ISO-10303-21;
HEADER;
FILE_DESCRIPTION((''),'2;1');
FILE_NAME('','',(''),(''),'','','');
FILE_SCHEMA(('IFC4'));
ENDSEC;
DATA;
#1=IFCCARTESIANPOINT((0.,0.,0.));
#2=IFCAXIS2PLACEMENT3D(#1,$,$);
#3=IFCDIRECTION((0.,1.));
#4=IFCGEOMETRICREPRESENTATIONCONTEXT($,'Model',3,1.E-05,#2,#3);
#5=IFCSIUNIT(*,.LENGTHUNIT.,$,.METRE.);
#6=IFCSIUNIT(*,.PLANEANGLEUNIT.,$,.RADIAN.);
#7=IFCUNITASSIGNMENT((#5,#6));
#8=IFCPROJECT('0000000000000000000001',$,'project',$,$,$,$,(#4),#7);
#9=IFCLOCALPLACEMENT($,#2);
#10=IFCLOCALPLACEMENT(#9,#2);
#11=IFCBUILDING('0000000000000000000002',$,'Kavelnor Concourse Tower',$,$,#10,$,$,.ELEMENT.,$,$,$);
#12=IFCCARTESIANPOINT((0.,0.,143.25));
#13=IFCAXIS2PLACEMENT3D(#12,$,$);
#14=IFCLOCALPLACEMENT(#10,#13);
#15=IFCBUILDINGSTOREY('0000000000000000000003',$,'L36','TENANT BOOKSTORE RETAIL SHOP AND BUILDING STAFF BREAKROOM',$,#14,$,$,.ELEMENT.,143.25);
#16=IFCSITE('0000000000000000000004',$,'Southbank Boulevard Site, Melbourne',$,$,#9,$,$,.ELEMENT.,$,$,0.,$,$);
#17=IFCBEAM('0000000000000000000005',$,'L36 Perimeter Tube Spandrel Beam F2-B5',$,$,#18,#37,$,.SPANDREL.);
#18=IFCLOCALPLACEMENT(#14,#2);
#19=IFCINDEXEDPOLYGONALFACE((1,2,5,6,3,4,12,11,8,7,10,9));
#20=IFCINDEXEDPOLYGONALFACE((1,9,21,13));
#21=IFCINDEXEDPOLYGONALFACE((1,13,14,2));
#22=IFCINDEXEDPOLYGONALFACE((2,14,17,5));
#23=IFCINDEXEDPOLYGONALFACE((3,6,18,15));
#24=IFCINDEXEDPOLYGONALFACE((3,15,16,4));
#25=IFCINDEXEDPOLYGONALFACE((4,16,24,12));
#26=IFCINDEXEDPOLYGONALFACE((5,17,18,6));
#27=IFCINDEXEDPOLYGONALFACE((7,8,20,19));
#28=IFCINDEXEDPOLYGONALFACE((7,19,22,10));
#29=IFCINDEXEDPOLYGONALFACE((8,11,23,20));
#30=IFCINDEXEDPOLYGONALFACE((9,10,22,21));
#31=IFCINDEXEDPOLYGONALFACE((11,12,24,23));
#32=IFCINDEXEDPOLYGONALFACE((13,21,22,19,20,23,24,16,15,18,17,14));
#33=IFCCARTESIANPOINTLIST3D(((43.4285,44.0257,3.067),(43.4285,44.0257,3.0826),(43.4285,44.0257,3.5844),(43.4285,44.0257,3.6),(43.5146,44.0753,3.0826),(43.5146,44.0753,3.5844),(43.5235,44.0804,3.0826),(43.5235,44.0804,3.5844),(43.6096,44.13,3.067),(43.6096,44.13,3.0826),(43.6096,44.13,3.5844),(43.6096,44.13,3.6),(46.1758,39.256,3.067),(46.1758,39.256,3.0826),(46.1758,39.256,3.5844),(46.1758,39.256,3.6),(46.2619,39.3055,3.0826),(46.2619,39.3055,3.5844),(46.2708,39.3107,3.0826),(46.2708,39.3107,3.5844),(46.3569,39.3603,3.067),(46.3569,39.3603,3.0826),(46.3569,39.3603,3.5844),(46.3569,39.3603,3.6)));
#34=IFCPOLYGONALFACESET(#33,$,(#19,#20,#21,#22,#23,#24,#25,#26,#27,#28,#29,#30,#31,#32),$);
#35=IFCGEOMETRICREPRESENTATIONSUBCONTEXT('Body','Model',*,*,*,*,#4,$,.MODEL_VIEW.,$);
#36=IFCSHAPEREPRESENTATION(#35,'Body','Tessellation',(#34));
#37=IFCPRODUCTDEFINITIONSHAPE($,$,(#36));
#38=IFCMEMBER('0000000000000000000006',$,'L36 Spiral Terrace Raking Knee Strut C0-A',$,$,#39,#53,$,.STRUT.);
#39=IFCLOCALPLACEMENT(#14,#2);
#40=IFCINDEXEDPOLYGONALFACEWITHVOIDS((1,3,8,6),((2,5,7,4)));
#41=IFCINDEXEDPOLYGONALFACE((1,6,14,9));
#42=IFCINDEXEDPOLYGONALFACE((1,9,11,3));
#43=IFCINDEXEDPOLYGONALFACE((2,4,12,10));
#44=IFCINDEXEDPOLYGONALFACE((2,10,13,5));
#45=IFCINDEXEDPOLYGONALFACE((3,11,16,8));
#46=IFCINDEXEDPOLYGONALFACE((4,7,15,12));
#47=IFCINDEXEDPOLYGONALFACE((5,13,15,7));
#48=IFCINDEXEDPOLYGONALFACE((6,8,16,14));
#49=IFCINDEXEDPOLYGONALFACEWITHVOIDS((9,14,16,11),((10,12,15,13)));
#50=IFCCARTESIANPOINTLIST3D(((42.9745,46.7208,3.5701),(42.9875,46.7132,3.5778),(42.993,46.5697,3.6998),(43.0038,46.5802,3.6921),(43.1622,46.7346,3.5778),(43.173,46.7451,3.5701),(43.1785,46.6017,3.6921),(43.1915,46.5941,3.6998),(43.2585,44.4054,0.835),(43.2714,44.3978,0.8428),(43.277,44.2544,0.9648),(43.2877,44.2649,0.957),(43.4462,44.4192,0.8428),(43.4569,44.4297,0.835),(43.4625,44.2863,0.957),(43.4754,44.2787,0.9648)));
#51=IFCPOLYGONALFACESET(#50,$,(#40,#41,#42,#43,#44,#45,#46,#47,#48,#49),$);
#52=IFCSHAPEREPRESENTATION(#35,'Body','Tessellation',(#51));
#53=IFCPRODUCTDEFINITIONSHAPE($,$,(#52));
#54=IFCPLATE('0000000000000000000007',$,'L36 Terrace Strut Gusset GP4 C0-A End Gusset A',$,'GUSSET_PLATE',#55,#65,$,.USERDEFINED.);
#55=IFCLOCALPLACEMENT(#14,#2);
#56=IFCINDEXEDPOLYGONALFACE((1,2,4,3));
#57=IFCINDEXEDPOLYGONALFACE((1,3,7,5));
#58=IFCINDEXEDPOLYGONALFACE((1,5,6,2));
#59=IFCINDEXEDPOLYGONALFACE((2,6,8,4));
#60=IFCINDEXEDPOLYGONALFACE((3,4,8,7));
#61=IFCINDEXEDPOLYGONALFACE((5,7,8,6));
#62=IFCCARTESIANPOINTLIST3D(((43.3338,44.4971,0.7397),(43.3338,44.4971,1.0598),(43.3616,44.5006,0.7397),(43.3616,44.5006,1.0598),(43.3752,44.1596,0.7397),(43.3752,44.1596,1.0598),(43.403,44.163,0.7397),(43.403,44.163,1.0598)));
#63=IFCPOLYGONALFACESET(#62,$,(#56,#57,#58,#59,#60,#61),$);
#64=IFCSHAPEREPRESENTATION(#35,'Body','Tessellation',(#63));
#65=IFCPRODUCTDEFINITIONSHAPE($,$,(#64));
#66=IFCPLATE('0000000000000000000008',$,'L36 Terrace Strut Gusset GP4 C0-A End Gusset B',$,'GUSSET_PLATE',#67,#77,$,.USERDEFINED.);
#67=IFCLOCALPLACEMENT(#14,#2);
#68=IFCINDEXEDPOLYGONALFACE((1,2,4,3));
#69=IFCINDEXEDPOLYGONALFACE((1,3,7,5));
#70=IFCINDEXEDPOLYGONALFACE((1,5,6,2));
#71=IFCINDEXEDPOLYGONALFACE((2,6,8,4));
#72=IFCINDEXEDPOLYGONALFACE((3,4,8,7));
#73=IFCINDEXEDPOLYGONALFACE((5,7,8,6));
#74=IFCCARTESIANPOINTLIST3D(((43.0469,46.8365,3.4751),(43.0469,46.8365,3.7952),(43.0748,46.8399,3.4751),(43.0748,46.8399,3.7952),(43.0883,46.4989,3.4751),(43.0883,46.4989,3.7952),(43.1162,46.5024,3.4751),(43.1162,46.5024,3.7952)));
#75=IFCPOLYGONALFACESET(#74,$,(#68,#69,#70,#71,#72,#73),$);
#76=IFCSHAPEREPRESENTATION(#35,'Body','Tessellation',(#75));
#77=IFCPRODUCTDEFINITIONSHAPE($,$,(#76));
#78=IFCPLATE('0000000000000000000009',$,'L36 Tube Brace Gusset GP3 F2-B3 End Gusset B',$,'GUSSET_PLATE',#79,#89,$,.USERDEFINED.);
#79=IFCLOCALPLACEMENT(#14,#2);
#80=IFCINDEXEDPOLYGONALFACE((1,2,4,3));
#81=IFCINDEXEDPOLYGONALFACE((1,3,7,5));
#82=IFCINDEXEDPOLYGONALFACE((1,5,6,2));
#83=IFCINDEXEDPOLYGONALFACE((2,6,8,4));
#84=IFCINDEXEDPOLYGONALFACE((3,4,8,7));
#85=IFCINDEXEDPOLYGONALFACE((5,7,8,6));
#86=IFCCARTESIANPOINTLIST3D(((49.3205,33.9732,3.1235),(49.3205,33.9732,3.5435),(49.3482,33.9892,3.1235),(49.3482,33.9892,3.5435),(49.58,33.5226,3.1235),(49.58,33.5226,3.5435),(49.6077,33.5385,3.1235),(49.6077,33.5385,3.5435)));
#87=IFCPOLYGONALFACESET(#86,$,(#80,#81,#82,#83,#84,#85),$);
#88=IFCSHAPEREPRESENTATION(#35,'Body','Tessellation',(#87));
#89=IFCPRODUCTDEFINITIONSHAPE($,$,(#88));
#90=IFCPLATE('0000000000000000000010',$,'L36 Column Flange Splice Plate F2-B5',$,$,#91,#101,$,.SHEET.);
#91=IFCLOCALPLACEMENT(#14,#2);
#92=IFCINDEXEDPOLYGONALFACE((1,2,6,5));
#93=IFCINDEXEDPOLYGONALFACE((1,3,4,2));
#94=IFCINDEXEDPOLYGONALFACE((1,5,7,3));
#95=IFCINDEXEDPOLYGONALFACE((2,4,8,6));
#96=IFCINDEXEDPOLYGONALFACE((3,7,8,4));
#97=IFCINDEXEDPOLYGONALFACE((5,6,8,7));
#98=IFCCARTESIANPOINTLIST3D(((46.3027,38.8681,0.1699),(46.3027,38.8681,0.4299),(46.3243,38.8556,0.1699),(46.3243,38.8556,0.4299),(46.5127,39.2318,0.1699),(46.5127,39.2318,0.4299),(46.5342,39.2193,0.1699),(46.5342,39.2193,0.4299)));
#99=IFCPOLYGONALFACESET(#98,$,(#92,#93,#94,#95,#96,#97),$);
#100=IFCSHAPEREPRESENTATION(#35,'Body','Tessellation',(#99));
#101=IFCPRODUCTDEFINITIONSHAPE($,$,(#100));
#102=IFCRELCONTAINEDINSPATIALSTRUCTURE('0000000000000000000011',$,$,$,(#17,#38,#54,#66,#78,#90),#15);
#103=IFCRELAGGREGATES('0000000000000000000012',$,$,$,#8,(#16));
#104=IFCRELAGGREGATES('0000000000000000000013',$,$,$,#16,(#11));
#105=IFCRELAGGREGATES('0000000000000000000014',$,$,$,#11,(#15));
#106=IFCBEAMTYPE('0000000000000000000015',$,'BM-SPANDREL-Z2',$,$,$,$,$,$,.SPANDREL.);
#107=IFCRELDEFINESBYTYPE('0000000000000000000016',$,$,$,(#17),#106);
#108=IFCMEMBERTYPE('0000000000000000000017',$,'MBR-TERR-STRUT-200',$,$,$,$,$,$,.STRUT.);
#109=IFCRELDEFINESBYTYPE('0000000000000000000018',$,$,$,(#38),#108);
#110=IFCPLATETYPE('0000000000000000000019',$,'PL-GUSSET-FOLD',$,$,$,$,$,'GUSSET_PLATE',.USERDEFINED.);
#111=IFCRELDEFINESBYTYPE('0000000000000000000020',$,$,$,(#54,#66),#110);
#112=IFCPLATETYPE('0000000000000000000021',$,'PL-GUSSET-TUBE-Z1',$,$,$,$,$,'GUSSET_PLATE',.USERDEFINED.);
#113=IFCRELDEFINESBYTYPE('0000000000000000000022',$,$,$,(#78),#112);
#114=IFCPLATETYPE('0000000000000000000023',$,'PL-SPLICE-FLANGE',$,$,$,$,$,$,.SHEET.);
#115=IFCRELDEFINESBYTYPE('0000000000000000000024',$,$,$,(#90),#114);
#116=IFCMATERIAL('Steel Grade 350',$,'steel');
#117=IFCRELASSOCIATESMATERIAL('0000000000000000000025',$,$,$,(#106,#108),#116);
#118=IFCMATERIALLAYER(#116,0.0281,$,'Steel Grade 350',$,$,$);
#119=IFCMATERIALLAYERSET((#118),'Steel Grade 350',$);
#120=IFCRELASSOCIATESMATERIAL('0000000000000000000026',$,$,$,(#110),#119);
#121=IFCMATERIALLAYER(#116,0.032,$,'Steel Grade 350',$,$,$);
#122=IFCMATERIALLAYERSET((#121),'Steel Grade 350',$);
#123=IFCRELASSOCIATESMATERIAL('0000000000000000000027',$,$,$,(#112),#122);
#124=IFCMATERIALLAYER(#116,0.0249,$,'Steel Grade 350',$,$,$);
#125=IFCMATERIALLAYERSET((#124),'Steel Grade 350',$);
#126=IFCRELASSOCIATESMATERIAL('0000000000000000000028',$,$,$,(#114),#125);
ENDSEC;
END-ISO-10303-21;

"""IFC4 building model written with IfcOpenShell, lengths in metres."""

from ifc_helpers import new_model, si_unit, direction, frame, origin, origin_2d, place, context, subcontext, project, spatial, rectangle, hollow_rectangle, i_section, extrude, material, layer, layer_set, material_profile, profile_set, type_object, element, save


model = new_model("IFC4")

# Units and contexts
model_context = context("Model", 3, precision=1e-05, world=origin(), true_north=direction((0.0, 1.0)))
body_context = subcontext(model_context, "Body", "Model", "MODEL_VIEW")
ifc_project = project(units=[si_unit("LENGTHUNIT", "METRE"), si_unit("PLANEANGLEUNIT", "RADIAN")], contexts=[model_context])

# Site, building, storey
site_placement = place(None, origin())
site = spatial("IfcSite", under=ifc_project, at=site_placement, Name="Southbank Boulevard Site, Melbourne", CompositionType="ELEMENT", RefElevation=0.0)
building_placement = place(site_placement, origin())
building = spatial("IfcBuilding", under=site, at=building_placement, Name="Kavelnor Concourse Tower", CompositionType="ELEMENT")
storey_placement = place(building_placement, frame((0.0, 0.0, 143.25)))
storey = spatial("IfcBuildingStorey", under=building, at=storey_placement, Name="L36", Description="TENANT BOOKSTORE RETAIL SHOP AND BUILDING STAFF BREAKROOM", CompositionType="ELEMENT", Elevation=143.25)

# Shared definitions
ifc_material_1 = material(Name="Steel Grade 350", Category="steel")

# Beam
ifc_material_profile_1 = material_profile(ifc_material_1, i_section(OverallWidth=0.209, OverallDepth=0.533, WebThickness=0.0103, FlangeThickness=0.0156, at=origin_2d()), Name="530UB92")
ifc_profile_set_1 = profile_set([ifc_material_profile_1], Name="Steel Grade 350")
beam_type_1 = type_object("IfcBeamType", Name="BM-SPANDREL-Z2", PredefinedType="SPANDREL", material=ifc_profile_set_1)
for number, where, z_axis, x_axis, name in (
    (1, (46.2664, 39.3081, 3.3335), (-0.499112, 0.866538, 0.0), (-0.866538, -0.499112, 0.0), "L36 Perimeter Tube Spandrel Beam F2-B5"),
):
    element("IfcBeam", number, at=place(storey_placement, frame(where, z_axis=z_axis, x_axis=x_axis)), inside=storey, type_object=beam_type_1, Name=name, PredefinedType="SPANDREL", context=body_context, shape_type="SweptSolid", body=[
        extrude(i_section(OverallWidth=0.209, OverallDepth=0.533, WebThickness=0.0103, FlangeThickness=0.0156, at=origin_2d()), origin(), (0.0, 0.0, 1.0), 5.5044),
    ])

# Member
ifc_material_profile_2 = material_profile(ifc_material_1, hollow_rectangle(XDim=0.2, YDim=0.2, WallThickness=0.012, at=origin_2d()), Name="SHS 200x200x12")
ifc_profile_set_2 = profile_set([ifc_material_profile_2], Name="Steel Grade 350")
member_type = type_object("IfcMemberType", Name="MBR-TERR-STRUT-200", PredefinedType="STRUT", material=ifc_profile_set_2)
member_placement = place(storey_placement, frame((43.3669, 44.342, 0.8999), z_axis=(-0.078985, 0.644104, 0.760849), x_axis=(-0.992565, -0.121716, 0.0)))
element("IfcMember", 2, at=member_placement, inside=storey, type_object=member_type, Name="L36 Spiral Terrace Raking Knee Strut C0-A", PredefinedType="STRUT", context=body_context, shape_type="SweptSolid", body=[
    extrude(hollow_rectangle(XDim=0.2, YDim=0.2, WallThickness=0.012, at=origin_2d()), origin(), (0.0, 0.0, 1.0), 3.5947),
])

# Plates
ifc_layer_1 = layer(ifc_material_1, 0.0281, Name="Steel Grade 350")
ifc_layer_set_1 = layer_set([ifc_layer_1], Name="Steel Grade 350")
plate_type_1 = type_object("IfcPlateType", Name="PL-GUSSET-FOLD", ElementType="GUSSET_PLATE", PredefinedType="USERDEFINED", material=ifc_layer_set_1)
for number, where, z_axis, x_axis, name in (
    (3, (43.3684, 44.3301, 0.7397), (0.0, 0.0, 1.0), (-0.121696, 0.992567, 0.0), "L36 Terrace Strut Gusset GP4 C0-A End Gusset A"),
    (4, (43.0815, 46.6694, 3.4751), (0.0, 0.0, 1.0), (-0.121696, 0.992567, 0.0), "L36 Terrace Strut Gusset GP4 C0-A End Gusset B"),
):
    element("IfcPlate", number, at=place(storey_placement, frame(where, z_axis=z_axis, x_axis=x_axis)), inside=storey, type_object=plate_type_1, Name=name, ObjectType="GUSSET_PLATE", PredefinedType="USERDEFINED", context=body_context, shape_type="SweptSolid", body=[
        extrude(rectangle(XDim=0.3401, YDim=0.0281, at=origin_2d()), origin(), (0.0, 0.0, 1.0), 0.3201),
    ])
ifc_layer_2 = layer(ifc_material_1, 0.032, Name="Steel Grade 350")
ifc_layer_set_2 = layer_set([ifc_layer_2], Name="Steel Grade 350")
plate_type_2 = type_object("IfcPlateType", Name="PL-GUSSET-TUBE-Z1", ElementType="GUSSET_PLATE", PredefinedType="USERDEFINED", material=ifc_layer_set_2)
plate_1_placement = place(storey_placement, frame((49.4641, 33.7559, 3.1235), z_axis=(0.0, 0.0, 1.0), x_axis=(-0.499093, 0.866549, 0.0)))
element("IfcPlate", 5, at=plate_1_placement, inside=storey, type_object=plate_type_2, Name="L36 Tube Brace Gusset GP3 F2-B3 End Gusset B", ObjectType="GUSSET_PLATE", PredefinedType="USERDEFINED", context=body_context, shape_type="SweptSolid", body=[
    extrude(rectangle(XDim=0.52, YDim=0.032, at=origin_2d()), origin(), (0.0, 0.0, 1.0), 0.4199),
])
ifc_layer_3 = layer(ifc_material_1, 0.0249, Name="Steel Grade 350")
ifc_layer_set_3 = layer_set([ifc_layer_3], Name="Steel Grade 350")
plate_type_3 = type_object("IfcPlateType", Name="PL-SPLICE-FLANGE", PredefinedType="SHEET", material=ifc_layer_set_3)
plate_2_placement = place(storey_placement, frame((46.4185, 39.0437, 0.1699), z_axis=(0.0, 0.0, 1.0), x_axis=(-0.5, -0.866025, 0.0)))
element("IfcPlate", 6, at=plate_2_placement, inside=storey, type_object=plate_type_3, Name="L36 Column Flange Splice Plate F2-B5", PredefinedType="SHEET", context=body_context, shape_type="SweptSolid", body=[
    extrude(rectangle(XDim=0.4199, YDim=0.0249, at=origin_2d()), origin(), (0.0, 0.0, 1.0), 0.26),
])

save(model, "model.ifc")
